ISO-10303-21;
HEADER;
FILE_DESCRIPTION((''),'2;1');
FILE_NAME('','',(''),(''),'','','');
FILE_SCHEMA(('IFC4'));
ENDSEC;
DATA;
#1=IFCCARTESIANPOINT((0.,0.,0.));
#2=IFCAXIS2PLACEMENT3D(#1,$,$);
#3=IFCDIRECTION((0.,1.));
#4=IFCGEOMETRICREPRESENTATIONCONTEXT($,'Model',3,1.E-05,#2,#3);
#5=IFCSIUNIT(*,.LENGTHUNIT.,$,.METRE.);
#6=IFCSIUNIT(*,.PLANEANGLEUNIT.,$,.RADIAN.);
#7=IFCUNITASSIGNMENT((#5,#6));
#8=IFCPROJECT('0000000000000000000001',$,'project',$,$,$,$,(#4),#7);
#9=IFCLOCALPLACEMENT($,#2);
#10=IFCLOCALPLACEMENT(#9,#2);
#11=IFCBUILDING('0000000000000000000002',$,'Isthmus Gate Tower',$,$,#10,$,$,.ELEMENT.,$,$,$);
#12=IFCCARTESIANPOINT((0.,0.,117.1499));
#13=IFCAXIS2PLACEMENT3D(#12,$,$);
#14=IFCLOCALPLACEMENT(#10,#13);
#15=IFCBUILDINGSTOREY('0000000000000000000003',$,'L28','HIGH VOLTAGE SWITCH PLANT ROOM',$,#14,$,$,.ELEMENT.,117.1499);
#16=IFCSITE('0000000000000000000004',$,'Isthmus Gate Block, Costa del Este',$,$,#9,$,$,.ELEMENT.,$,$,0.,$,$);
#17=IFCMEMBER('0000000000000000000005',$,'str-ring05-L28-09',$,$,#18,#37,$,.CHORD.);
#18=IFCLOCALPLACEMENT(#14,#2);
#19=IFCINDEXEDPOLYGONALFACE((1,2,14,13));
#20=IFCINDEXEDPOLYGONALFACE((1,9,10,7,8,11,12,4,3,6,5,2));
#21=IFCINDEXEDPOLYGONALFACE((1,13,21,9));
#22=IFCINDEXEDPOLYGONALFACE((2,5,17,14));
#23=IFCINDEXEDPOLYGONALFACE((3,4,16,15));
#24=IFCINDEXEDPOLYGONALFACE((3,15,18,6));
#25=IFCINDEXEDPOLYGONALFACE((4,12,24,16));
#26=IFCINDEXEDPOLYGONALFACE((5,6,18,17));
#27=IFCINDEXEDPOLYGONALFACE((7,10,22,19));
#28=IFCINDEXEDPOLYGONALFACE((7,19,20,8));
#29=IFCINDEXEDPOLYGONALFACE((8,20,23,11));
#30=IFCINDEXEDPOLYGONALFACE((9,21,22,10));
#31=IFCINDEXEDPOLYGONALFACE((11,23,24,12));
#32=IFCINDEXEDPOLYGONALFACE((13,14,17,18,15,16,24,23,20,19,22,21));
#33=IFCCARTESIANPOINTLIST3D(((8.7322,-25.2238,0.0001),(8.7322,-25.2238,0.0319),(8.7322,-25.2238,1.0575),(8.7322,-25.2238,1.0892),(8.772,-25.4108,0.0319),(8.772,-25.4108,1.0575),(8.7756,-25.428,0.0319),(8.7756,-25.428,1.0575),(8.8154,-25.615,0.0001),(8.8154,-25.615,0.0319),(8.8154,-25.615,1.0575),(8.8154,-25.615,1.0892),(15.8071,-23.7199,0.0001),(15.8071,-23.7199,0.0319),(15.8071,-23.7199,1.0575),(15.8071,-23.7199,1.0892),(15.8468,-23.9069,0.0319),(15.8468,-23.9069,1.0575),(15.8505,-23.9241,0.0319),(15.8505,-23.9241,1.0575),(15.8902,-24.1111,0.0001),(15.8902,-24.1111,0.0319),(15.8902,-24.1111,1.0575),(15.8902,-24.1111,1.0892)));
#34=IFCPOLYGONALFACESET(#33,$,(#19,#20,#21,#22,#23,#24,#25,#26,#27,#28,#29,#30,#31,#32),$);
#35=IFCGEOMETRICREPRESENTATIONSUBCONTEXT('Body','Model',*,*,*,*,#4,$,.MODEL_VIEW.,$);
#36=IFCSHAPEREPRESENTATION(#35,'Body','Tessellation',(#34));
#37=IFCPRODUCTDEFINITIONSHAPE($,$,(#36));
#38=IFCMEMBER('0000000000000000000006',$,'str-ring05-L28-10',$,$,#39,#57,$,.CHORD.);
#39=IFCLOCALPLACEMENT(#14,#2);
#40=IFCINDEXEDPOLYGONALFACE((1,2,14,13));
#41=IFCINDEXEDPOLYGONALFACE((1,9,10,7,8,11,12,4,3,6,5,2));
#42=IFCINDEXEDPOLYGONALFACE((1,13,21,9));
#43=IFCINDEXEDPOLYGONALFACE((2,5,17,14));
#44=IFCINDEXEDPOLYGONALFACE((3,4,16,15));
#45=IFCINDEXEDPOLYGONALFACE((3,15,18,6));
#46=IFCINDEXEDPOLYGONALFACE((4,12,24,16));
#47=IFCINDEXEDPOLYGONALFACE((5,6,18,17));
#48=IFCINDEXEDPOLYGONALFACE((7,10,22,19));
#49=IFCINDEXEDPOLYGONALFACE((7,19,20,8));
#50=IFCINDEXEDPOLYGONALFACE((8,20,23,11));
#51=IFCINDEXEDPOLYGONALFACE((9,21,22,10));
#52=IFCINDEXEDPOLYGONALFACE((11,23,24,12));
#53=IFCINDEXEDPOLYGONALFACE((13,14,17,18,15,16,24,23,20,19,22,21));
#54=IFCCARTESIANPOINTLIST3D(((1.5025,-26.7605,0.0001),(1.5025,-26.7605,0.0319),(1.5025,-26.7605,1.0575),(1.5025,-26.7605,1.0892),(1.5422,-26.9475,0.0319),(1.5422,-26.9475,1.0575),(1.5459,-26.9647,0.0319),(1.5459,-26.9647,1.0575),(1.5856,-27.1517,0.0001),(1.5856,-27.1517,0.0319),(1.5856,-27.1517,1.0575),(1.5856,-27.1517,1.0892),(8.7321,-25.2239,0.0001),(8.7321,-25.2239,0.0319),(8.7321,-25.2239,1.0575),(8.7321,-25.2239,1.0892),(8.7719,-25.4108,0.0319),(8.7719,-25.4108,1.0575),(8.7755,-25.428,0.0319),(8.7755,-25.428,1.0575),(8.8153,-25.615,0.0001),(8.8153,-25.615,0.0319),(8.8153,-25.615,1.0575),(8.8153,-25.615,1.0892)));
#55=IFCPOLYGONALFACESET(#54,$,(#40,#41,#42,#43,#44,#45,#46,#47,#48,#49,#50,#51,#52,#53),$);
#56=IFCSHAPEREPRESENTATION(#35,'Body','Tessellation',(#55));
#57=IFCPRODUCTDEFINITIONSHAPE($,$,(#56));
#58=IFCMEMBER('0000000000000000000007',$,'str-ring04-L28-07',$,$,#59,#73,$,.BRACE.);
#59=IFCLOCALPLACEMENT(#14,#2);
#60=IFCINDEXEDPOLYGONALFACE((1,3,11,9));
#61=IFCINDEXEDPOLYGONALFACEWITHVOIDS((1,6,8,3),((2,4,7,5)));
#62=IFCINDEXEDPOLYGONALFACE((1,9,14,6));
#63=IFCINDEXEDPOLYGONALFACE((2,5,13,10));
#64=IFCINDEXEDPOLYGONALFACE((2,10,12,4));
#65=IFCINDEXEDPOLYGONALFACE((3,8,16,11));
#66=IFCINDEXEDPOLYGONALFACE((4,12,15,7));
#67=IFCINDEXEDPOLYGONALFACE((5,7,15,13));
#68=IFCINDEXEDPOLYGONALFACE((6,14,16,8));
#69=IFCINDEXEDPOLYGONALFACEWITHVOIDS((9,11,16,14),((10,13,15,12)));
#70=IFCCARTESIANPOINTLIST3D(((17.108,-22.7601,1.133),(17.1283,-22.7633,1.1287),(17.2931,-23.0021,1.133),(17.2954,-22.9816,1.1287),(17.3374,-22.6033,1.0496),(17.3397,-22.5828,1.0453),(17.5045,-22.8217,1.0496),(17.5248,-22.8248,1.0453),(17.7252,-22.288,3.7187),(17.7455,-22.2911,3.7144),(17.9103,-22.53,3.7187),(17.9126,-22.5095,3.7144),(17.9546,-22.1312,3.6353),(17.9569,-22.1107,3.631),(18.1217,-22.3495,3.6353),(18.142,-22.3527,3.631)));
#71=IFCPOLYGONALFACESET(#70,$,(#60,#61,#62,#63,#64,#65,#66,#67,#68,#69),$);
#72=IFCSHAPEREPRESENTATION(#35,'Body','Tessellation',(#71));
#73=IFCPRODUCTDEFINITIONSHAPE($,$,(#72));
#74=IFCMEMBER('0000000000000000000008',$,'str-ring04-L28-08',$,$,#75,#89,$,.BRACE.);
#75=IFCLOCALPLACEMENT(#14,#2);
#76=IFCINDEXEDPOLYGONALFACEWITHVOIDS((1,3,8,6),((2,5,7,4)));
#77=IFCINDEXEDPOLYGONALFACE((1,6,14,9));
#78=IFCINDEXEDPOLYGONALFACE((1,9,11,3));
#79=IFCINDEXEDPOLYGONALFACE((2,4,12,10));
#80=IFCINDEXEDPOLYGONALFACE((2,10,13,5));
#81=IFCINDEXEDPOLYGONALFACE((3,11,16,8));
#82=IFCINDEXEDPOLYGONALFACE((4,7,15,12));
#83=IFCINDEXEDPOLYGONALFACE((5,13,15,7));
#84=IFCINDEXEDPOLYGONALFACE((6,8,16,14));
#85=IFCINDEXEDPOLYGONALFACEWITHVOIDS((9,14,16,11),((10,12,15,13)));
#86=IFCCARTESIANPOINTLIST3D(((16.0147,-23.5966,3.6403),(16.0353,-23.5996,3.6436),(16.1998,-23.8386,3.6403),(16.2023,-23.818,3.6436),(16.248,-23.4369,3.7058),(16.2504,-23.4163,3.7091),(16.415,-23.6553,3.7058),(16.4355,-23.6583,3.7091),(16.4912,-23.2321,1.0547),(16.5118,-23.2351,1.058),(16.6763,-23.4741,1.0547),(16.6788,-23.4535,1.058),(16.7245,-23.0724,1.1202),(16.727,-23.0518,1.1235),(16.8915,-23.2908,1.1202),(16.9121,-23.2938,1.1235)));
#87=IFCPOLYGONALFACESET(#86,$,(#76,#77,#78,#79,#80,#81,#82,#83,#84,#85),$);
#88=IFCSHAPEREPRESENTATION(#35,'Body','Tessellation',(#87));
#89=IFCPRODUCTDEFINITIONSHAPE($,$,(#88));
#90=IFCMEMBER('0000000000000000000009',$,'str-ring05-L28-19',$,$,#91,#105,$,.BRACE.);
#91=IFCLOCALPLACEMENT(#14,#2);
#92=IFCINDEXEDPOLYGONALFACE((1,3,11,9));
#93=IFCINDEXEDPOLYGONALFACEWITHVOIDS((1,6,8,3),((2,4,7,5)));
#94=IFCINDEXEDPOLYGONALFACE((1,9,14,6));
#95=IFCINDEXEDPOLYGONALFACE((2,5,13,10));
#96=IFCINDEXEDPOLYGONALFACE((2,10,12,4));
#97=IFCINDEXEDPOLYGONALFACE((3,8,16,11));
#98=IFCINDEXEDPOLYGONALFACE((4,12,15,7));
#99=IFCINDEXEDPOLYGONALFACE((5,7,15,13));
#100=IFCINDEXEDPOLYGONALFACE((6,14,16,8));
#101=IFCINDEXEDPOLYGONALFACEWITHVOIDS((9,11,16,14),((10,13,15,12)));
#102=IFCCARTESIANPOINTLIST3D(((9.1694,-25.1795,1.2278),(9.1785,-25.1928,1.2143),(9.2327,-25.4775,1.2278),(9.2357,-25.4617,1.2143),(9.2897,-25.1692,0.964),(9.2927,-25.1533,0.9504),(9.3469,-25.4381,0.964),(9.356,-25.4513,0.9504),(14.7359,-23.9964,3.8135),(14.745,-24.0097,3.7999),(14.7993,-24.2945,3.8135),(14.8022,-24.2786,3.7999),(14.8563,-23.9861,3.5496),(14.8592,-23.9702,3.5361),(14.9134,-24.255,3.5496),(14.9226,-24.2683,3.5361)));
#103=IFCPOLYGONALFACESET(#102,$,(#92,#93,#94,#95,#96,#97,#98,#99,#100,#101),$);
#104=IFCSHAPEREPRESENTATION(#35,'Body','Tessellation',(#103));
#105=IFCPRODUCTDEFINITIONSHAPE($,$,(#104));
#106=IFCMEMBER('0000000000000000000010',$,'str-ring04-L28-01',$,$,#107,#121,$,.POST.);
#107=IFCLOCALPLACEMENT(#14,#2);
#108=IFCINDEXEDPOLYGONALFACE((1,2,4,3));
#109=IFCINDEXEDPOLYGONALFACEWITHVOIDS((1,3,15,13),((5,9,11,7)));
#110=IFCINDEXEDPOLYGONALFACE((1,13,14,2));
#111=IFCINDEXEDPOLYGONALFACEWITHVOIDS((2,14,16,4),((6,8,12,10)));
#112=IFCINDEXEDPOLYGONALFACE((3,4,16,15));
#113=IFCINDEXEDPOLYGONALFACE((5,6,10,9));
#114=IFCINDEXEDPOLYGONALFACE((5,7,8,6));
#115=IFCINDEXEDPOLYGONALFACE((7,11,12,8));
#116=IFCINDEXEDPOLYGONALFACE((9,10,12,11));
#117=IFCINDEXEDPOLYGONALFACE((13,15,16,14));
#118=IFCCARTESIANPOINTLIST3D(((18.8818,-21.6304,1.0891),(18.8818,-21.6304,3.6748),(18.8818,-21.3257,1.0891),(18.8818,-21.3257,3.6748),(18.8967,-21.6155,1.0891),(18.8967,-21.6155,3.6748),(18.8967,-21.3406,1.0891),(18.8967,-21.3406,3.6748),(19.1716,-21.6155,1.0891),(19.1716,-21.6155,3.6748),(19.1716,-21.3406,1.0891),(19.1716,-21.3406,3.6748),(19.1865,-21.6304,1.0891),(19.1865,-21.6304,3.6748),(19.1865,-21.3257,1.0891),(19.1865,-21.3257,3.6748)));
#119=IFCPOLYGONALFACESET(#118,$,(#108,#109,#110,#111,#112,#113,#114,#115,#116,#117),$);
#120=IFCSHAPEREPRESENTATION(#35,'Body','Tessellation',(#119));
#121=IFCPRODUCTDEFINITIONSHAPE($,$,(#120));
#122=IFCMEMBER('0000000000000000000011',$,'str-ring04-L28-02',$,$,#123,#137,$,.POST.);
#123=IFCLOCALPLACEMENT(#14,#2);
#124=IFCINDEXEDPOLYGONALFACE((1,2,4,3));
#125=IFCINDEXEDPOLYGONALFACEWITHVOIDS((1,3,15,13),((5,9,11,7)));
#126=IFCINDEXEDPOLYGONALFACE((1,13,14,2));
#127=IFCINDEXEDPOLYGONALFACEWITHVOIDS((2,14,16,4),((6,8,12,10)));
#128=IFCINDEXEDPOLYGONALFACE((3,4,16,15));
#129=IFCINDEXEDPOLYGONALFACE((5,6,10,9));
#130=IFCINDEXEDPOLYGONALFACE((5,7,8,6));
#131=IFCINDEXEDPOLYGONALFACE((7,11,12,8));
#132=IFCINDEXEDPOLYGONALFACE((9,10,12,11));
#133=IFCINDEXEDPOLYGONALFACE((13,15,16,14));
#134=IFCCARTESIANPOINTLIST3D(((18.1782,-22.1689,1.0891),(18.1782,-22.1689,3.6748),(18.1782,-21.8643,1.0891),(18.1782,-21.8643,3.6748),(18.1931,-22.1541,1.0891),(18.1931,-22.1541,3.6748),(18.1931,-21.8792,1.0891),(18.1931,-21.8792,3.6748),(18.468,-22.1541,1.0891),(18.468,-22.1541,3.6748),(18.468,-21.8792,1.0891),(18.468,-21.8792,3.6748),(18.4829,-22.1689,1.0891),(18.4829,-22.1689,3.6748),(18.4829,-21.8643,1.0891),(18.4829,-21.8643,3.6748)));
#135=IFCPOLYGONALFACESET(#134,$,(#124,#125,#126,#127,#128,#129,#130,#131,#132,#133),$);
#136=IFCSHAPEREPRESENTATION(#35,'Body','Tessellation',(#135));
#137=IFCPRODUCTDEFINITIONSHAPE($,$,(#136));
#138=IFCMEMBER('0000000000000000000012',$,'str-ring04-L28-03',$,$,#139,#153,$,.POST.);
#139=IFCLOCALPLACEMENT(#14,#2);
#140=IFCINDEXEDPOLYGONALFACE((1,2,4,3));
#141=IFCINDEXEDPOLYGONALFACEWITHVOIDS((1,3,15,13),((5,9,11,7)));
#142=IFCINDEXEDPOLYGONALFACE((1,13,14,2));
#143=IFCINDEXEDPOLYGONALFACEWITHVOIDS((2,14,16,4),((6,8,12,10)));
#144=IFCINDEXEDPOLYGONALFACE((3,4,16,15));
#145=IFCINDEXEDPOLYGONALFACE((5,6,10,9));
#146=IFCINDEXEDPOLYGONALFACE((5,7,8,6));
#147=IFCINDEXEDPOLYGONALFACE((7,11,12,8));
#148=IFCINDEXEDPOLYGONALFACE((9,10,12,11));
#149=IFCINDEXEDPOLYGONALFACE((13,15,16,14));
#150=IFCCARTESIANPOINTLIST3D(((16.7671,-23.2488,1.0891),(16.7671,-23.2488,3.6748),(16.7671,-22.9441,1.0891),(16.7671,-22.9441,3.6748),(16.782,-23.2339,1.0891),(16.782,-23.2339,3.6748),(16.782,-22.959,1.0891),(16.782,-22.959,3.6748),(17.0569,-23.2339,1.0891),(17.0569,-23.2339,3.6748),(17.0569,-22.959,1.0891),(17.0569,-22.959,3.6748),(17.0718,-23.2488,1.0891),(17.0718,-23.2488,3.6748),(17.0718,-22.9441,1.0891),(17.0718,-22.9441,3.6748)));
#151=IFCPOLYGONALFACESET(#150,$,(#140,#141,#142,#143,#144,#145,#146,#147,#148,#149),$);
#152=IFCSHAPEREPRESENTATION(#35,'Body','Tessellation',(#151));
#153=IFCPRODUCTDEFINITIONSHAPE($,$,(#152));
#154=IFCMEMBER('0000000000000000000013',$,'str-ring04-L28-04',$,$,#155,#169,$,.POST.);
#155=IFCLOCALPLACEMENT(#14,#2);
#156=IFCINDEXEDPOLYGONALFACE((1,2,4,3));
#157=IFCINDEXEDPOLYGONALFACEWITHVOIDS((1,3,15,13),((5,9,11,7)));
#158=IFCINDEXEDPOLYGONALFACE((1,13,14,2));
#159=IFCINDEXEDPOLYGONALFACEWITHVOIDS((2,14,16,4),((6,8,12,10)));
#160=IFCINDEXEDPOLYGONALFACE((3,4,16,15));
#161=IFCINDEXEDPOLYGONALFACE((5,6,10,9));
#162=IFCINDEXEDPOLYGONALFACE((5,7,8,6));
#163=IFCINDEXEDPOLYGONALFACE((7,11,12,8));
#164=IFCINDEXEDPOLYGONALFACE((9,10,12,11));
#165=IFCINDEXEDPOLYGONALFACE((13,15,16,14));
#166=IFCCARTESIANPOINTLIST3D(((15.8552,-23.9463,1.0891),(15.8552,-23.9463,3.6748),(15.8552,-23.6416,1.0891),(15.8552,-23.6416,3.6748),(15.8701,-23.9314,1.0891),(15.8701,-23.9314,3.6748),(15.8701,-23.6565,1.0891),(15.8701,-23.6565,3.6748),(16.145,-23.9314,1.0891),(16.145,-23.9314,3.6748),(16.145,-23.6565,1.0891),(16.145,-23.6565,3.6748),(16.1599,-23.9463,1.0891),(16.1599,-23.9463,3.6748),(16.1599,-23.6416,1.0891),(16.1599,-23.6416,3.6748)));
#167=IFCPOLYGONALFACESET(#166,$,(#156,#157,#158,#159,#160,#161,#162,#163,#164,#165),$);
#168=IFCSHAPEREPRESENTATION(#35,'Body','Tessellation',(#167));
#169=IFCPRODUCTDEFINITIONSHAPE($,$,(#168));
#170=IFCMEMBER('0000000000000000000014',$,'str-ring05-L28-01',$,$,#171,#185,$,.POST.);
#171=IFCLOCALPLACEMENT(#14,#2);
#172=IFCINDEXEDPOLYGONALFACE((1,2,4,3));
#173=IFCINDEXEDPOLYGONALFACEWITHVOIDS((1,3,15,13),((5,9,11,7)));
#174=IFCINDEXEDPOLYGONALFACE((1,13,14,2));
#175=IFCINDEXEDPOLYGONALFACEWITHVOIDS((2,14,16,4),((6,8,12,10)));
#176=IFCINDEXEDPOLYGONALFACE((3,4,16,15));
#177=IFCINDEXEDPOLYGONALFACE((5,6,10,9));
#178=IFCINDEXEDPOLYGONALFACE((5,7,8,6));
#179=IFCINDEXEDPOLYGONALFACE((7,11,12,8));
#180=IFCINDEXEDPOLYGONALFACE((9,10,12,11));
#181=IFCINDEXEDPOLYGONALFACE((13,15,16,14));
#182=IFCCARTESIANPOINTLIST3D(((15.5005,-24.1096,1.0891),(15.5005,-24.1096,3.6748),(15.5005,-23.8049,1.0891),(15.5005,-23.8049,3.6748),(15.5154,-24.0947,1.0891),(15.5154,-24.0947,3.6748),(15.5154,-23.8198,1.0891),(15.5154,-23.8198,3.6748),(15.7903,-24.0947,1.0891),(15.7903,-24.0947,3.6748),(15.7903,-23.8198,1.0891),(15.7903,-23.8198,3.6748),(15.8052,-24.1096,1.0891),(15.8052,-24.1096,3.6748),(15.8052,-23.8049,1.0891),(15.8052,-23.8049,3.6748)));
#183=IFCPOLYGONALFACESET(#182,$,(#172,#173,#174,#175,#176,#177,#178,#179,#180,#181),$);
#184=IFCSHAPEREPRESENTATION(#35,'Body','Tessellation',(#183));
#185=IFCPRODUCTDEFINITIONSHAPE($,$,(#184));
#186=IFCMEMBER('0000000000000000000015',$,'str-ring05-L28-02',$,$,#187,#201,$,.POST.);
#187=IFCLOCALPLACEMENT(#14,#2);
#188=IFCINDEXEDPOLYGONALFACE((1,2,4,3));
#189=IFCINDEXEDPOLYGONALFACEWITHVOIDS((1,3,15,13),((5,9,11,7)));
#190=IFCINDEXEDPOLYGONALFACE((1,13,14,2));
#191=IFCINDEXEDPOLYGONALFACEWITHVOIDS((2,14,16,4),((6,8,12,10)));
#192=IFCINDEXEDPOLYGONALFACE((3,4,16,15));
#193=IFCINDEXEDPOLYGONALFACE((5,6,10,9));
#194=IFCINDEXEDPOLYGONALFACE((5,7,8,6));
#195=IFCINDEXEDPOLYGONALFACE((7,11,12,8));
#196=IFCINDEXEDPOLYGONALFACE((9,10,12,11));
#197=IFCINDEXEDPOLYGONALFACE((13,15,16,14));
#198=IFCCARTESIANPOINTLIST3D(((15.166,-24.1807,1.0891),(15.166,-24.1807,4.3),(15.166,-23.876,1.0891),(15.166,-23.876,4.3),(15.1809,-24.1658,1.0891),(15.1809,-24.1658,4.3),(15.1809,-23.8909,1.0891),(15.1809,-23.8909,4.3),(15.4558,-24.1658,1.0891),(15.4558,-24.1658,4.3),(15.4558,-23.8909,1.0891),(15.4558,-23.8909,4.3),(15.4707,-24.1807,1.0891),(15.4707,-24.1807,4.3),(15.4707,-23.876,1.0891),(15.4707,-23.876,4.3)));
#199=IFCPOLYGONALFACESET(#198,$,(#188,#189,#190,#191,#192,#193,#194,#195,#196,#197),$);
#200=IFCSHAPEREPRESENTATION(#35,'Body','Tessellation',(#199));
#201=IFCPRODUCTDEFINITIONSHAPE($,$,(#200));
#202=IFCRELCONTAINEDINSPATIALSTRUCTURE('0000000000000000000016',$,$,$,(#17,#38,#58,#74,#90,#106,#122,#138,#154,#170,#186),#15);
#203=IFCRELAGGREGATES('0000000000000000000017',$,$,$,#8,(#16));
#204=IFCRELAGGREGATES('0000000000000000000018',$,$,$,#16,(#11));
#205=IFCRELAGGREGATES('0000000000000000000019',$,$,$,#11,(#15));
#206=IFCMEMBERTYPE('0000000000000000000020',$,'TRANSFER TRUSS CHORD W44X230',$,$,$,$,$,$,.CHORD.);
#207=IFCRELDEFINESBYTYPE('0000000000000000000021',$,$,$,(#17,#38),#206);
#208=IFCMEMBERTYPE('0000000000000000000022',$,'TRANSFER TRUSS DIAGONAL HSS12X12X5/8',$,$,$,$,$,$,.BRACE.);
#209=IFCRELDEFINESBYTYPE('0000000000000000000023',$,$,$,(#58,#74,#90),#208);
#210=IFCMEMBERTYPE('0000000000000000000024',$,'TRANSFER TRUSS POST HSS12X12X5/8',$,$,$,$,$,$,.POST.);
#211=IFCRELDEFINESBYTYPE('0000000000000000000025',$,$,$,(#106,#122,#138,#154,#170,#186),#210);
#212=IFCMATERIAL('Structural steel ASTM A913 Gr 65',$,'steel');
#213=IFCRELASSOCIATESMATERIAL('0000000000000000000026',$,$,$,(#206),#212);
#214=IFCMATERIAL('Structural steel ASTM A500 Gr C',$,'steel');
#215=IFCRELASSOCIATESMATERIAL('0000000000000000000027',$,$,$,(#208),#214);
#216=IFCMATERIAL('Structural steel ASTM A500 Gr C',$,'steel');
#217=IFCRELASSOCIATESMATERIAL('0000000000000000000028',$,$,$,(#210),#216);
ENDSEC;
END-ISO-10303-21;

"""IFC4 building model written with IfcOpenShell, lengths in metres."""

from ifc_helpers import new_model, si_unit, direction, frame, origin, origin_2d, place, context, subcontext, project, spatial, hollow_rectangle, i_section, extrude, material, material_profile, profile_set, type_object, element, save


model = new_model("IFC4")

# Units and contexts
model_context = context("Model", 3, precision=1e-05, world=origin(), true_north=direction((0.0, 1.0)))
body_context = subcontext(model_context, "Body", "Model", "MODEL_VIEW")
ifc_project = project(units=[si_unit("LENGTHUNIT", "METRE"), si_unit("PLANEANGLEUNIT", "RADIAN")], contexts=[model_context])

# Site, building, storey
site_placement = place(None, origin())
site = spatial("IfcSite", under=ifc_project, at=site_placement, Name="Isthmus Gate Block, Costa del Este", CompositionType="ELEMENT", RefElevation=0.0)
building_placement = place(site_placement, origin())
building = spatial("IfcBuilding", under=site, at=building_placement, Name="Isthmus Gate Tower", CompositionType="ELEMENT")
storey_placement = place(building_placement, frame((0.0, 0.0, 117.1499)))
storey = spatial("IfcBuildingStorey", under=building, at=storey_placement, Name="L28", Description="HIGH VOLTAGE SWITCH PLANT ROOM", CompositionType="ELEMENT", Elevation=117.1499)

# Members
ifc_material_1 = material(Name="Structural steel ASTM A913 Gr 65", Category="steel")
ifc_material_profile_1 = material_profile(ifc_material_1, i_section(OverallWidth=0.3999, OverallDepth=1.0891, WebThickness=0.0176, FlangeThickness=0.0317, at=origin_2d()), Name="W44X230")
ifc_profile_set_1 = profile_set([ifc_material_profile_1], Name="Structural steel ASTM A913 Gr 65")
member_type_1 = type_object("IfcMemberType", Name="TRANSFER TRUSS CHORD W44X230", PredefinedType="CHORD", material=ifc_profile_set_1)
member_1_placement = place(storey_placement, frame((15.8486, -23.9155, 0.5447), z_axis=(-0.978145, -0.207922, 0.0), x_axis=(0.207922, -0.978145, 0.0)))
element("IfcMember", 1, at=member_1_placement, inside=storey, type_object=member_type_1, Name="str-ring05-L28-09", PredefinedType="CHORD", context=body_context, shape_type="SweptSolid", body=[
    extrude(i_section(OverallWidth=0.3999, OverallDepth=1.0891, WebThickness=0.0176, FlangeThickness=0.0317, at=origin_2d()), origin(), (0.0, 0.0, 1.0), 7.2329),
])
member_2_placement = place(storey_placement, frame((8.7737, -25.4194, 0.5447), z_axis=(-0.978149, -0.207905, 0.0), x_axis=(0.207905, -0.978149, 0.0)))
element("IfcMember", 2, at=member_2_placement, inside=storey, type_object=member_type_1, Name="str-ring05-L28-10", PredefinedType="CHORD", context=body_context, shape_type="SweptSolid", body=[
    extrude(i_section(OverallWidth=0.3999, OverallDepth=1.0891, WebThickness=0.0176, FlangeThickness=0.0317, at=origin_2d()), origin(), (0.0, 0.0, 1.0), 7.3911),
])
ifc_material_2 = material(Name="Structural steel ASTM A500 Gr C", Category="steel")
ifc_material_profile_2 = material_profile(ifc_material_2, hollow_rectangle(XDim=0.3047, YDim=0.3047, WallThickness=0.0149, at=origin_2d()), Name="HSS12X12X5/8")
ifc_profile_set_2 = profile_set([ifc_material_profile_2], Name="Structural steel ASTM A500 Gr C")
member_type_2 = type_object("IfcMemberType", Name="TRANSFER TRUSS DIAGONAL HSS12X12X5/8", PredefinedType="BRACE", material=ifc_profile_set_2)
member_3_placement = place(storey_placement, frame((17.3164, -22.7925, 1.0891), z_axis=(0.228593, 0.174881, 0.957686), x_axis=(-0.607613, 0.794233, 0.0)))
element("IfcMember", 3, at=member_3_placement, inside=storey, type_object=member_type_2, Name="str-ring04-L28-07", PredefinedType="BRACE", context=body_context, shape_type="SweptSolid", body=[
    extrude(hollow_rectangle(XDim=0.3047, YDim=0.3047, WallThickness=0.0149, at=origin_2d()), origin(), (0.0, 0.0, 1.0), 2.7),
])
member_4_placement = place(storey_placement, frame((16.7017, -23.2629, 1.0891), z_axis=(-0.179538, -0.13732, 0.97412), x_axis=(0.607526, -0.7943, 0.0)))
element("IfcMember", 4, at=member_4_placement, inside=storey, type_object=member_type_2, Name="str-ring04-L28-08", PredefinedType="BRACE", context=body_context, shape_type="SweptSolid", body=[
    extrude(hollow_rectangle(XDim=0.3047, YDim=0.3047, WallThickness=0.0149, at=origin_2d()), origin(), (0.0, 0.0, 1.0), 2.6543),
])
member_5_placement = place(storey_placement, frame((9.2627, -25.3154, 1.0891), z_axis=(0.890543, 0.189271, 0.413655), x_axis=(-0.207891, 0.978152, 0.0)))
element("IfcMember", 5, at=member_5_placement, inside=storey, type_object=member_type_2, Name="str-ring05-L28-19", PredefinedType="BRACE", context=body_context, shape_type="SweptSolid", body=[
    extrude(hollow_rectangle(XDim=0.3047, YDim=0.3047, WallThickness=0.0149, at=origin_2d()), origin(), (0.0, 0.0, 1.0), 6.2507),
])
ifc_material_3 = material(Name="Structural steel ASTM A500 Gr C", Category="steel")
ifc_material_profile_3 = material_profile(ifc_material_3, hollow_rectangle(XDim=0.3047, YDim=0.3047, WallThickness=0.0149, at=origin_2d()), Name="HSS12X12X5/8")
ifc_profile_set_3 = profile_set([ifc_material_profile_3], Name="Structural steel ASTM A500 Gr C")
member_type_3 = type_object("IfcMemberType", Name="TRANSFER TRUSS POST HSS12X12X5/8", PredefinedType="POST", material=ifc_profile_set_3)
for number, where, z_axis, x_axis, name in (
    (6, (19.0342, -21.478, 1.0891), (0.0, 0.0, 1.0), (1.0, 0.0, 0.0), "str-ring04-L28-01"),
    (7, (18.3306, -22.0166, 1.0891), (0.0, 0.0, 1.0), (1.0, 0.0, 0.0), "str-ring04-L28-02"),
    (8, (16.9194, -23.0964, 1.0891), (0.0, 0.0, 1.0), (1.0, 0.0, 0.0), "str-ring04-L28-03"),
    (9, (16.0076, -23.7939, 1.0891), (0.0, 0.0, 1.0), (1.0, 0.0, 0.0), "str-ring04-L28-04"),
    (10, (15.6528, -23.9573, 1.0891), (0.0, 0.0, 1.0), (1.0, 0.0, 0.0), "str-ring05-L28-01"),
):
    element("IfcMember", number, at=place(storey_placement, frame(where, z_axis=z_axis, x_axis=x_axis)), inside=storey, type_object=member_type_3, Name=name, PredefinedType="POST", context=body_context, shape_type="SweptSolid", body=[
        extrude(hollow_rectangle(XDim=0.3047, YDim=0.3047, WallThickness=0.0149, at=origin_2d()), origin(), (0.0, 0.0, 1.0), 2.5857),
    ])
for number, where, z_axis, x_axis, name in (
    (11, (15.3184, -24.0283, 1.0891), (0.0, 0.0, 1.0), (1.0, 0.0, 0.0), "str-ring05-L28-02"),
):
    element("IfcMember", number, at=place(storey_placement, frame(where, z_axis=z_axis, x_axis=x_axis)), inside=storey, type_object=member_type_3, Name=name, PredefinedType="POST", context=body_context, shape_type="SweptSolid", body=[
        extrude(hollow_rectangle(XDim=0.3047, YDim=0.3047, WallThickness=0.0149, at=origin_2d()), origin(), (0.0, 0.0, 1.0), 3.2109),
    ])

save(model, "model.ifc")
